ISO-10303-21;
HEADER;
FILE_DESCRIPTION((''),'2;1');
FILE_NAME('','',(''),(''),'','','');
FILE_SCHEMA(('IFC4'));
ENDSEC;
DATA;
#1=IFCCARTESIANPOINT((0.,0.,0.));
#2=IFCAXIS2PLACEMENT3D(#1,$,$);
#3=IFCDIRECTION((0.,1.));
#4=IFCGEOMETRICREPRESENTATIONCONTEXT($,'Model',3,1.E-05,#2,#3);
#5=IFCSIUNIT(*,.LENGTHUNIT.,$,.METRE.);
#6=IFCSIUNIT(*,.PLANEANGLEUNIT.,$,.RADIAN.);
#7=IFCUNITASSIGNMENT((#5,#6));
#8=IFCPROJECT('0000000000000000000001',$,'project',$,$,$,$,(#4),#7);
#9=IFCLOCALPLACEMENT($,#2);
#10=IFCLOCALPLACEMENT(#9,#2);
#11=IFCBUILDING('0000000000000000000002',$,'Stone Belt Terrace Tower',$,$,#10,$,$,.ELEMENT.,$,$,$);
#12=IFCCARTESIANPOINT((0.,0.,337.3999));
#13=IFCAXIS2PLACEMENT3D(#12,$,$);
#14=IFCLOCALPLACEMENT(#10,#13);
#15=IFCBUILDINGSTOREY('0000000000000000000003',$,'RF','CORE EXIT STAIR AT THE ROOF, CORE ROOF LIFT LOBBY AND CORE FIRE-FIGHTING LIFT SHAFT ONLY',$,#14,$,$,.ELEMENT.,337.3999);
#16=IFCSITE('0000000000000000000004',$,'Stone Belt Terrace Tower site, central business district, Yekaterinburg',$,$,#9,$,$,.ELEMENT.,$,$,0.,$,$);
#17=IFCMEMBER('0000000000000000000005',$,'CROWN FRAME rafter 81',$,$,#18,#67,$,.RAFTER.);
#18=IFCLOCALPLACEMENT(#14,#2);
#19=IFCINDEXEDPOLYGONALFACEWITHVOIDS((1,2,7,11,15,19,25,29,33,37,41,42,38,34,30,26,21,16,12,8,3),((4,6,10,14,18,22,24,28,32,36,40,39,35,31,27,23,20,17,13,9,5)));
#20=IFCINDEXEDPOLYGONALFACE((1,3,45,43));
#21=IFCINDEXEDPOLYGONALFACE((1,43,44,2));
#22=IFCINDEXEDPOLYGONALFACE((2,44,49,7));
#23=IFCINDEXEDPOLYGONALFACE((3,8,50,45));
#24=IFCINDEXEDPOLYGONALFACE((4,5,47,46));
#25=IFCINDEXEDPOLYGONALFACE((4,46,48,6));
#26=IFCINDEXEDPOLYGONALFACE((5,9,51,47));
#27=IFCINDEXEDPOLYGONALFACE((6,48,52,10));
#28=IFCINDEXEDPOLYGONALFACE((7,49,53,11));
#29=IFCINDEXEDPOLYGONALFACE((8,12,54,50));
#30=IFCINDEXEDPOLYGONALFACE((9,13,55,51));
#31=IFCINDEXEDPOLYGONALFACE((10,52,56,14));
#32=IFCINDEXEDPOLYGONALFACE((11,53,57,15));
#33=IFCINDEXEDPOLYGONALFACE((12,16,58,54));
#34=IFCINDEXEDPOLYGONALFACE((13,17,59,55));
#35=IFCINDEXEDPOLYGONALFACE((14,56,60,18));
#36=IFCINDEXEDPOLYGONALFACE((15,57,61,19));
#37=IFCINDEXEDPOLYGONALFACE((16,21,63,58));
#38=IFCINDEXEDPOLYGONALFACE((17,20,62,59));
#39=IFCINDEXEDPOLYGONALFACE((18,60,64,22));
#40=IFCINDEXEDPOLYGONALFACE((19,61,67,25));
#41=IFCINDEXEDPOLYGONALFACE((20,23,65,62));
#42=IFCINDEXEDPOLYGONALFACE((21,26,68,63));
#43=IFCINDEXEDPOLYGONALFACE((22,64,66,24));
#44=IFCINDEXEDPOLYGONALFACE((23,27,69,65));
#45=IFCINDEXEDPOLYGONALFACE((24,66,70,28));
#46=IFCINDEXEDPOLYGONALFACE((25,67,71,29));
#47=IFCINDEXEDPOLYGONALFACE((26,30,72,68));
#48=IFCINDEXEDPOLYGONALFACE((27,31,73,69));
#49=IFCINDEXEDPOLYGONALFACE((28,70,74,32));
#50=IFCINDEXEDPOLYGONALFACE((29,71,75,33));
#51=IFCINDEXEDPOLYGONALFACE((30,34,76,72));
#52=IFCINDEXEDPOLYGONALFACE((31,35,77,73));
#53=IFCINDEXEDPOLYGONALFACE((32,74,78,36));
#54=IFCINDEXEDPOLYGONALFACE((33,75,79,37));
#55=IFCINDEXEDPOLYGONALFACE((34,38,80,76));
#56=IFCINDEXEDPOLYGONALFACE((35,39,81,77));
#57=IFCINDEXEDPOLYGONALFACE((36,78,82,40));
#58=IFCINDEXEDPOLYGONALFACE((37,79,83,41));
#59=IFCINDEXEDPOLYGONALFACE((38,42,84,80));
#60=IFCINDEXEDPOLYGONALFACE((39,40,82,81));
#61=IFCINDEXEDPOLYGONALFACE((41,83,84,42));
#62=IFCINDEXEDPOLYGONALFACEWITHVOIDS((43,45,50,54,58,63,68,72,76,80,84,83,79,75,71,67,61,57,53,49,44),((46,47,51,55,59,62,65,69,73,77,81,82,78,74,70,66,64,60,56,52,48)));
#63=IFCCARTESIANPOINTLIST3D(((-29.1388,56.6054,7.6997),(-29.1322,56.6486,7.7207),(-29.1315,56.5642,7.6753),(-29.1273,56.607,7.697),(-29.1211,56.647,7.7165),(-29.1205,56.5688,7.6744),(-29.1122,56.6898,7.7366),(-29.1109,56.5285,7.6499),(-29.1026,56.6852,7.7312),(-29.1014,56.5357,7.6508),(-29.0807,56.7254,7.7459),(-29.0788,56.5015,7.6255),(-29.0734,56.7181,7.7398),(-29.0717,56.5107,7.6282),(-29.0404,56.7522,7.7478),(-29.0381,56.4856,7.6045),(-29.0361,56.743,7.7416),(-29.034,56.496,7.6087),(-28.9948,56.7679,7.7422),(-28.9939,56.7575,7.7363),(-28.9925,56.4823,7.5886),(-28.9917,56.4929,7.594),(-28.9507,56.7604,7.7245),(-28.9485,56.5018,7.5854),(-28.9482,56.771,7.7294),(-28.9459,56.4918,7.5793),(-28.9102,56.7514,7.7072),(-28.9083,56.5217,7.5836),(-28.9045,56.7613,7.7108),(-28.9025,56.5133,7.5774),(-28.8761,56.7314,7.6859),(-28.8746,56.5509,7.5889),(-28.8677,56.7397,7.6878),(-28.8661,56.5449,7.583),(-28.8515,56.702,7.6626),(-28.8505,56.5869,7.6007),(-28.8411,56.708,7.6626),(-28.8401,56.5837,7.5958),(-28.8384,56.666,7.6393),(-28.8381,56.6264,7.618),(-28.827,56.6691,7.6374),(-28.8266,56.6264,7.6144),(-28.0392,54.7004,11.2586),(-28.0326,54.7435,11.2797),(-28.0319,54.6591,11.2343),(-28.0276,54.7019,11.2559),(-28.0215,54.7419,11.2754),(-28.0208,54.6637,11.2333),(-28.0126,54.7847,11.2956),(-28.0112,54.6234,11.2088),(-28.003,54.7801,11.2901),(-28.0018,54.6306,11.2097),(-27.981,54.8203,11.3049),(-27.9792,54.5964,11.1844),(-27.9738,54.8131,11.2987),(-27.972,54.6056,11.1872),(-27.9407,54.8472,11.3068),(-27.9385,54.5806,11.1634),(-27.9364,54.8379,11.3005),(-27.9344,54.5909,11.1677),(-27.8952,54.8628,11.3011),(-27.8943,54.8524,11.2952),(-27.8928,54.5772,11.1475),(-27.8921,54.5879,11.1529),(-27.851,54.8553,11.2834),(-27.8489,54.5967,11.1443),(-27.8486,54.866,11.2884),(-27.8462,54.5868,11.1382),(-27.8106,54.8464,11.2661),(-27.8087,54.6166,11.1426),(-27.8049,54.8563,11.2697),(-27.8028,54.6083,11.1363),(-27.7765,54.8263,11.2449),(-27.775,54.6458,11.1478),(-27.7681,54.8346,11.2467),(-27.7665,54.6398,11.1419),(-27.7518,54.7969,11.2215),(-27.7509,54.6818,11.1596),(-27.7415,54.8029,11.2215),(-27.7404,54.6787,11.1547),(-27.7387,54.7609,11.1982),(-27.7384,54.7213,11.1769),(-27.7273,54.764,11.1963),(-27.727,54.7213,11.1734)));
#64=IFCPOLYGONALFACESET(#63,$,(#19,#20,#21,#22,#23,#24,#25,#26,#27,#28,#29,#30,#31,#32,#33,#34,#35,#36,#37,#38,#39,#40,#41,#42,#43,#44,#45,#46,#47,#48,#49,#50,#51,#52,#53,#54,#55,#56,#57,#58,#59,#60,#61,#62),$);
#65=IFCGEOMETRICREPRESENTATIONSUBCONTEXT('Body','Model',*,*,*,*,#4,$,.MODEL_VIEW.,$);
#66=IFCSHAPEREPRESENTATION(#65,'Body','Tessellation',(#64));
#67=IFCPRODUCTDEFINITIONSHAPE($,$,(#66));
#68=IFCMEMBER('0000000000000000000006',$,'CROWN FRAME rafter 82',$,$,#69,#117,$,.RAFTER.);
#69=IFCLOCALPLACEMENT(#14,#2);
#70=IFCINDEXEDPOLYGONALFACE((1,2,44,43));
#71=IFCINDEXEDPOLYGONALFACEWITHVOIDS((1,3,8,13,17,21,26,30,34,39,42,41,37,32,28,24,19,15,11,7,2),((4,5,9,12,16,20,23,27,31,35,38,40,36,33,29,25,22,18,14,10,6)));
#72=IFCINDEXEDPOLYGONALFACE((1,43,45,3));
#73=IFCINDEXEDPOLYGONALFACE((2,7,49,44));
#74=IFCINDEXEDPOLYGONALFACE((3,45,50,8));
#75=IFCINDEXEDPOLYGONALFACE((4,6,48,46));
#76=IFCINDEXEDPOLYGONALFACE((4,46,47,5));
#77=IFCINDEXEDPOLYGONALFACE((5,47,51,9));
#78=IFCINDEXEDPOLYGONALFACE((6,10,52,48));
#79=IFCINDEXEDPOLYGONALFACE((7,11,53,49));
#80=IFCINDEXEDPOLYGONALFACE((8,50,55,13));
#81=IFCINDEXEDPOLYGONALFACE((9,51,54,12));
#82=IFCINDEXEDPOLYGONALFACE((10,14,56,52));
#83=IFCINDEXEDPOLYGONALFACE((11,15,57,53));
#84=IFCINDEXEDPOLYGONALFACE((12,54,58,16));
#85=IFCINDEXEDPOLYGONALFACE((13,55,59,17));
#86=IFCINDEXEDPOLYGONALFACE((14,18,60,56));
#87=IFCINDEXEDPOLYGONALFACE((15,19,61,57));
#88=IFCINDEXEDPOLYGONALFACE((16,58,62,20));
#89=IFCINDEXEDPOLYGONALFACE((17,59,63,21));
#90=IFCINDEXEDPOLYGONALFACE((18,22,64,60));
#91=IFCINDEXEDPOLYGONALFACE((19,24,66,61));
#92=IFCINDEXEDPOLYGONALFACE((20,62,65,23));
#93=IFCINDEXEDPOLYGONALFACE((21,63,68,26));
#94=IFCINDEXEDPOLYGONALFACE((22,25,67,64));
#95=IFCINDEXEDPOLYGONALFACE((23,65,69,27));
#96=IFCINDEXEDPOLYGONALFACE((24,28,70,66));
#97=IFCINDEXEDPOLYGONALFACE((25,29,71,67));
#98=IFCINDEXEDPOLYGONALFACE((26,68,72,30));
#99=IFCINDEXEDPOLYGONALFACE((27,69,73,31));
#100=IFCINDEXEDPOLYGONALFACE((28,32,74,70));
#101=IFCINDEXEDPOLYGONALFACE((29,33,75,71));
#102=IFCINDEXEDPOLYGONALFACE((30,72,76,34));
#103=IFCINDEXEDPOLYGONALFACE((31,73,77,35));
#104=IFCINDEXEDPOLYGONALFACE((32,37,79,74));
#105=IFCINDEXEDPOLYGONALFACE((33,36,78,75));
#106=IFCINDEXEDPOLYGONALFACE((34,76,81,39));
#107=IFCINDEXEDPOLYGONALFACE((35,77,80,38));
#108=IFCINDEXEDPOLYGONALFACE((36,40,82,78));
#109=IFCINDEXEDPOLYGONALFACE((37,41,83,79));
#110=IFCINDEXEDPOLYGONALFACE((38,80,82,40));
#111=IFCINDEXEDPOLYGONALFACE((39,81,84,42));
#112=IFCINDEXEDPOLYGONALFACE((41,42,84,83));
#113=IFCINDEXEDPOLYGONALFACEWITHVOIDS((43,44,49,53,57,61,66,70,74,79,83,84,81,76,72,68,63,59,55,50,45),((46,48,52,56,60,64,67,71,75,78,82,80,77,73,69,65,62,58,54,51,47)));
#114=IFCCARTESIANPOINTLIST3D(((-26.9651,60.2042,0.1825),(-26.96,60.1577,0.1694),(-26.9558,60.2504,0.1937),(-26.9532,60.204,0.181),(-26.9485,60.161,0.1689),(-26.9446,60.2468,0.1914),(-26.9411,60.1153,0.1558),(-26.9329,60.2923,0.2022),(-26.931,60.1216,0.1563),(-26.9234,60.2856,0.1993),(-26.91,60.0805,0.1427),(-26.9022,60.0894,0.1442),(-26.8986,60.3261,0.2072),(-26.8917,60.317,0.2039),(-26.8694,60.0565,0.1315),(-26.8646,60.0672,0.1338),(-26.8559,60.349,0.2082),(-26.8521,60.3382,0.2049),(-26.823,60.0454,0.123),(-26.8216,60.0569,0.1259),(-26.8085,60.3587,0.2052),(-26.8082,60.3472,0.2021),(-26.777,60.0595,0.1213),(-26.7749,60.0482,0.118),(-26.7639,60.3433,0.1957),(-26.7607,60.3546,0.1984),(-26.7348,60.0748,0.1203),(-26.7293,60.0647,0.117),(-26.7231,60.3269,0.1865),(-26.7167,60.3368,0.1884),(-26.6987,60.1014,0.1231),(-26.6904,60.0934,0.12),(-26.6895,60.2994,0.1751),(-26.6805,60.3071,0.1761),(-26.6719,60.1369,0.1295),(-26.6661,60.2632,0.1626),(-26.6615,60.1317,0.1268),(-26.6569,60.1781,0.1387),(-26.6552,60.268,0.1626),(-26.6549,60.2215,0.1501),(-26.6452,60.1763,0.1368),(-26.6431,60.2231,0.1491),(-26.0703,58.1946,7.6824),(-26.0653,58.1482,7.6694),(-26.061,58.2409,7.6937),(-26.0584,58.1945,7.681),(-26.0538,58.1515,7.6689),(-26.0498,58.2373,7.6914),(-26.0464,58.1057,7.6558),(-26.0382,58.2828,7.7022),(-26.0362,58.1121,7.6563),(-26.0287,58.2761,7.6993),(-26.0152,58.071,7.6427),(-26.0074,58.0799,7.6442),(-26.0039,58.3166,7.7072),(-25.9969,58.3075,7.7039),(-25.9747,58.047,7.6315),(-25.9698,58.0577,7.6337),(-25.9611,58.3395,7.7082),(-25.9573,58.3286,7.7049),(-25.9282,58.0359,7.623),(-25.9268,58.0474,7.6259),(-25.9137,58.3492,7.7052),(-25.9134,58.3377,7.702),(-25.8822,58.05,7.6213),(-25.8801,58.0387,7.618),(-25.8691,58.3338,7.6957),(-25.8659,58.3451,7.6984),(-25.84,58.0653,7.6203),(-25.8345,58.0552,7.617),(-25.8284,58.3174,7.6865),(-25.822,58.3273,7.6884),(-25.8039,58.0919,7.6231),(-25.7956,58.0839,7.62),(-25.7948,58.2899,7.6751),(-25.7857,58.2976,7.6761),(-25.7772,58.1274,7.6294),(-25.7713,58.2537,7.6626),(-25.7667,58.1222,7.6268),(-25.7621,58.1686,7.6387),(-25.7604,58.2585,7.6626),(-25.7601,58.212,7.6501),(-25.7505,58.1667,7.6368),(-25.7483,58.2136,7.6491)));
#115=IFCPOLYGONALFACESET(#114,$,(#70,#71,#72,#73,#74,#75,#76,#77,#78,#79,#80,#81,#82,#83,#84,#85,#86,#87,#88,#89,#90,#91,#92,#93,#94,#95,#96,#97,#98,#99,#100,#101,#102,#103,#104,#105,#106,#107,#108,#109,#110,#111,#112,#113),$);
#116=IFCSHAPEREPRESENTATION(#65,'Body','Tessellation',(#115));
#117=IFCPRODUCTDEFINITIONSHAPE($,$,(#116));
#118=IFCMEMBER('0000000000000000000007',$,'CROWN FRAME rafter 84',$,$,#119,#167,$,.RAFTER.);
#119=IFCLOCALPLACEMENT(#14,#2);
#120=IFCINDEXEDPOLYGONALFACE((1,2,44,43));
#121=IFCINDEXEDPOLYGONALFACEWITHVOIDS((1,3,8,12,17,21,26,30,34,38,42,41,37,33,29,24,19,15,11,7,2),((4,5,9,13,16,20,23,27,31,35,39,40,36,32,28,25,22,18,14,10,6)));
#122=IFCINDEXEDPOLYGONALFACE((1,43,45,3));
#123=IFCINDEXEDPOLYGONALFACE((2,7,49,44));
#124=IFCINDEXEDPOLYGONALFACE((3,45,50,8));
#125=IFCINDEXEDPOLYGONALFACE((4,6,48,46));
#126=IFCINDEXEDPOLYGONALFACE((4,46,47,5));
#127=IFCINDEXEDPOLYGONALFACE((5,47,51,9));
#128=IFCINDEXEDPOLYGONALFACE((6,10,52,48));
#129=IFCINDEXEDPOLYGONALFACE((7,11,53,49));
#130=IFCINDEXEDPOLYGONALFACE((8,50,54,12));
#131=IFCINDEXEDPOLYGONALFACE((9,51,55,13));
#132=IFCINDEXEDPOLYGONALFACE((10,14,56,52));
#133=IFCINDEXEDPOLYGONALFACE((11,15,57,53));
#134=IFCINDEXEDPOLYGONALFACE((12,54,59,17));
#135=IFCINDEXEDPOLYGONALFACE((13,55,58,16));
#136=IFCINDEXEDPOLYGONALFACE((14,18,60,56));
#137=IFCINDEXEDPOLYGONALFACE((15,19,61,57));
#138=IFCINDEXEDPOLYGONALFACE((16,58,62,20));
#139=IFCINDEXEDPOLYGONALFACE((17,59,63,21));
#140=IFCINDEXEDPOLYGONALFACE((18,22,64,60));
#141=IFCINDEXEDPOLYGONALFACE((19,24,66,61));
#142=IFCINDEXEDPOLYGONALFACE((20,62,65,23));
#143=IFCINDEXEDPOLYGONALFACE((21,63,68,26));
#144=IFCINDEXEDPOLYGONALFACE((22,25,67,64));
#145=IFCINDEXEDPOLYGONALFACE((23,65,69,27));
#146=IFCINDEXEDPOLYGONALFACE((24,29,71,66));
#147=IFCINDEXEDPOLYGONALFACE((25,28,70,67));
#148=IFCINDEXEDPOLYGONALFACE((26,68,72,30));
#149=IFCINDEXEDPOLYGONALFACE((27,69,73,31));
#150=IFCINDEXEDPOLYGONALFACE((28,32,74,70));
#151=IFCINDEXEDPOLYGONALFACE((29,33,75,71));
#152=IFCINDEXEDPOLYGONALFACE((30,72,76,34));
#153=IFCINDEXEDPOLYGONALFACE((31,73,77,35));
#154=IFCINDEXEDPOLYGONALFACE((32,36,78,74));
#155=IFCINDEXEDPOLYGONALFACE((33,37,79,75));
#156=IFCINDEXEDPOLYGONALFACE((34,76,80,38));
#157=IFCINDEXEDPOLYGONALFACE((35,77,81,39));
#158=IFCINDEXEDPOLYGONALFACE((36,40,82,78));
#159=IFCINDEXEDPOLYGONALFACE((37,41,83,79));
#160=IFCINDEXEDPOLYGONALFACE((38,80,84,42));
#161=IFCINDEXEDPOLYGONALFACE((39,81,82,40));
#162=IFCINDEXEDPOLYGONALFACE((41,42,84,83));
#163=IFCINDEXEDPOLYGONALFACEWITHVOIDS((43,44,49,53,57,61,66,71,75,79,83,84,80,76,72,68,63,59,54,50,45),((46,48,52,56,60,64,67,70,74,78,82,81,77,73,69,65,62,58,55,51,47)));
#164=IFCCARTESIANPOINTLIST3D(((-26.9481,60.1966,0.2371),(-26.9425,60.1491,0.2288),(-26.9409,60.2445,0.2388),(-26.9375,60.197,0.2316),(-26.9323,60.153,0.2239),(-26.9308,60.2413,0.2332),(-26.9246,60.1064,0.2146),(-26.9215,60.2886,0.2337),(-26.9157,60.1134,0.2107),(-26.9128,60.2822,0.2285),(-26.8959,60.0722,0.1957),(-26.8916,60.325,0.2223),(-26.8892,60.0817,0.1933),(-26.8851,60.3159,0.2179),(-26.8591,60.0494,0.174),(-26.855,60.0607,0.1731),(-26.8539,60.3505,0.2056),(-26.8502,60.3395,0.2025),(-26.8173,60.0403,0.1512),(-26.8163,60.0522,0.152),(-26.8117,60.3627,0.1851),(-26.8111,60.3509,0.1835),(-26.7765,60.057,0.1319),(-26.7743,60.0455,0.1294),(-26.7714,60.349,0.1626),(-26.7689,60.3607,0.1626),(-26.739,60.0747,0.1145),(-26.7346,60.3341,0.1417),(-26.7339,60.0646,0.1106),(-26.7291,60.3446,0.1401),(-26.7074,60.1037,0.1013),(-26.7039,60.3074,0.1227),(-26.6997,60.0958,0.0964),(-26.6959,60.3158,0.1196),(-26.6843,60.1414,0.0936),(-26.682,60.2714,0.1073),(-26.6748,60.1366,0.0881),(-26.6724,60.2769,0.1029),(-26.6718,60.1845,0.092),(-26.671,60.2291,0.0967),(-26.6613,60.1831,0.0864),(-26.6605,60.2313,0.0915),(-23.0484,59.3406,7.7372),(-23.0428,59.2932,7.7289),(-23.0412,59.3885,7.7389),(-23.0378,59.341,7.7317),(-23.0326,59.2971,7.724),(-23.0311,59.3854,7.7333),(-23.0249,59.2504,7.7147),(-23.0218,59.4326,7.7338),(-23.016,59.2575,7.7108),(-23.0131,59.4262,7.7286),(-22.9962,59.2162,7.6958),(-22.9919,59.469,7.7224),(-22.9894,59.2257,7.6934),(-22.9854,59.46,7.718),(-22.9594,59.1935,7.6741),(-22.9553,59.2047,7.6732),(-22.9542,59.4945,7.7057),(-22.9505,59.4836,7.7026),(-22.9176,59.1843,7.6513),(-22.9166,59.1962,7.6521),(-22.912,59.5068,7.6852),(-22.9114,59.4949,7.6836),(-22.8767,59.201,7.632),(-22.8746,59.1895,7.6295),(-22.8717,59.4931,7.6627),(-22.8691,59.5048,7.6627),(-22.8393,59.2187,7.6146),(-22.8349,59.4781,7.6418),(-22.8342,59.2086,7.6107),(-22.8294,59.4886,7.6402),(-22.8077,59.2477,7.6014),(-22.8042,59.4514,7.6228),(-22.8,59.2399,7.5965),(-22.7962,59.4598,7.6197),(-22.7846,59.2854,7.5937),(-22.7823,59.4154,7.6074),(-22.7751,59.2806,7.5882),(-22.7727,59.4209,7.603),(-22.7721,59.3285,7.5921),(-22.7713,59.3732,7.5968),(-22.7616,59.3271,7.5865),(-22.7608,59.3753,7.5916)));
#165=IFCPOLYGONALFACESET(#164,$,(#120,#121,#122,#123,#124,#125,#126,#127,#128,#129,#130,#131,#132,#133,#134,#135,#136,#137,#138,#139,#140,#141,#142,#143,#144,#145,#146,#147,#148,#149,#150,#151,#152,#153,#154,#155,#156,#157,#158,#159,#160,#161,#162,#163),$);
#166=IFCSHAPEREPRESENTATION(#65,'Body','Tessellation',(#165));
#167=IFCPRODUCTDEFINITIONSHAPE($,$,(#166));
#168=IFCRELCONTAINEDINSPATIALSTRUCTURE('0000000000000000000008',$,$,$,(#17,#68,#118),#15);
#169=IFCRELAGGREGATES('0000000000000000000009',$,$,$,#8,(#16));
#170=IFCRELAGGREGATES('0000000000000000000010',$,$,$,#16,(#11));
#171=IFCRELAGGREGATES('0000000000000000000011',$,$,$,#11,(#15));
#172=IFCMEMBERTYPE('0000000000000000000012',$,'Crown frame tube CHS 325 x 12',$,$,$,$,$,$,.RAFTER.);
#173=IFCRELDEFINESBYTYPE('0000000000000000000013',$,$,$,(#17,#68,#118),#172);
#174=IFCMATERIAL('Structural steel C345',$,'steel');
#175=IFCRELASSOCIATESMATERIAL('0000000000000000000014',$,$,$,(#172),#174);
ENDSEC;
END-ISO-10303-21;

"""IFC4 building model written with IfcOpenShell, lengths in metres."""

from ifc_helpers import new_model, si_unit, direction, frame, origin, origin_2d, place, context, subcontext, project, spatial, hollow_circle, extrude, material, material_profile, profile_set, type_object, element, save


model = new_model("IFC4")

# Units and contexts
model_context = context("Model", 3, precision=1e-05, world=origin(), true_north=direction((0.0, 1.0)))
body_context = subcontext(model_context, "Body", "Model", "MODEL_VIEW")
ifc_project = project(units=[si_unit("LENGTHUNIT", "METRE"), si_unit("PLANEANGLEUNIT", "RADIAN")], contexts=[model_context])

# Site, building, storey
site_placement = place(None, origin())
site = spatial("IfcSite", under=ifc_project, at=site_placement, Name="Stone Belt Terrace Tower site, central business district, Yekaterinburg", CompositionType="ELEMENT", RefElevation=0.0)
building_placement = place(site_placement, origin())
building = spatial("IfcBuilding", under=site, at=building_placement, Name="Stone Belt Terrace Tower", CompositionType="ELEMENT")
storey_placement = place(building_placement, frame((0.0, 0.0, 337.3999)))
storey = spatial("IfcBuildingStorey", under=building, at=storey_placement, Name="RF", Description="CORE EXIT STAIR AT THE ROOF, CORE ROOF LIFT LOBBY AND CORE FIRE-FIGHTING LIFT SHAFT ONLY", CompositionType="ELEMENT", Elevation=337.3999)

# Members
ifc_material_1 = material(Name="Structural steel C345", Category="steel")
ifc_material_profile_1 = material_profile(ifc_material_1, hollow_circle(Radius=0.1626, WallThickness=0.012, at=origin_2d()), Name="Structural steel C345 CHS 325x12")
ifc_profile_set_1 = profile_set([ifc_material_profile_1], Name="Structural steel C345")
member_type_1 = type_object("IfcMemberType", Name="Crown frame tube CHS 325 x 12", PredefinedType="RAFTER", material=ifc_profile_set_1)
member_1_placement = place(storey_placement, frame((-28.9819, 56.6267, 7.6626), z_axis=(0.26283, -0.455342, 0.850637), x_axis=(0.866077, 0.499911, 0.0)))
element("IfcMember", 1, at=member_1_placement, inside=storey, type_object=member_type_1, Name="CROWN FRAME rafter 81", PredefinedType="RAFTER", context=body_context, shape_type="SweptSolid", body=[
    extrude(hollow_circle(Radius=0.1626, WallThickness=0.012, at=origin_2d()), origin(), (0.0, 0.0, 1.0), 4.1838),
])
member_2_placement = place(storey_placement, frame((-26.8037, 60.2019, 0.1626), z_axis=(0.114481, -0.257106, 0.959578), x_axis=(0.913532, 0.406767, 0.0)))
element("IfcMember", 2, at=member_2_placement, inside=storey, type_object=member_type_1, Name="CROWN FRAME rafter 82", PredefinedType="RAFTER", context=body_context, shape_type="SweptSolid", body=[
    extrude(hollow_circle(Radius=0.1626, WallThickness=0.012, at=origin_2d()), origin(), (0.0, 0.0, 1.0), 7.8159),
])
member_3_placement = place(storey_placement, frame((-26.8037, 60.2019, 0.1626), z_axis=(0.458974, -0.100743, 0.88272), x_axis=(0.214392, 0.976748, 0.0)))
element("IfcMember", 3, at=member_3_placement, inside=storey, type_object=member_type_1, Name="CROWN FRAME rafter 84", PredefinedType="RAFTER", context=body_context, shape_type="SweptSolid", body=[
    extrude(hollow_circle(Radius=0.1626, WallThickness=0.012, at=origin_2d()), origin(), (0.0, 0.0, 1.0), 8.4966),
])

save(model, "model.ifc")
